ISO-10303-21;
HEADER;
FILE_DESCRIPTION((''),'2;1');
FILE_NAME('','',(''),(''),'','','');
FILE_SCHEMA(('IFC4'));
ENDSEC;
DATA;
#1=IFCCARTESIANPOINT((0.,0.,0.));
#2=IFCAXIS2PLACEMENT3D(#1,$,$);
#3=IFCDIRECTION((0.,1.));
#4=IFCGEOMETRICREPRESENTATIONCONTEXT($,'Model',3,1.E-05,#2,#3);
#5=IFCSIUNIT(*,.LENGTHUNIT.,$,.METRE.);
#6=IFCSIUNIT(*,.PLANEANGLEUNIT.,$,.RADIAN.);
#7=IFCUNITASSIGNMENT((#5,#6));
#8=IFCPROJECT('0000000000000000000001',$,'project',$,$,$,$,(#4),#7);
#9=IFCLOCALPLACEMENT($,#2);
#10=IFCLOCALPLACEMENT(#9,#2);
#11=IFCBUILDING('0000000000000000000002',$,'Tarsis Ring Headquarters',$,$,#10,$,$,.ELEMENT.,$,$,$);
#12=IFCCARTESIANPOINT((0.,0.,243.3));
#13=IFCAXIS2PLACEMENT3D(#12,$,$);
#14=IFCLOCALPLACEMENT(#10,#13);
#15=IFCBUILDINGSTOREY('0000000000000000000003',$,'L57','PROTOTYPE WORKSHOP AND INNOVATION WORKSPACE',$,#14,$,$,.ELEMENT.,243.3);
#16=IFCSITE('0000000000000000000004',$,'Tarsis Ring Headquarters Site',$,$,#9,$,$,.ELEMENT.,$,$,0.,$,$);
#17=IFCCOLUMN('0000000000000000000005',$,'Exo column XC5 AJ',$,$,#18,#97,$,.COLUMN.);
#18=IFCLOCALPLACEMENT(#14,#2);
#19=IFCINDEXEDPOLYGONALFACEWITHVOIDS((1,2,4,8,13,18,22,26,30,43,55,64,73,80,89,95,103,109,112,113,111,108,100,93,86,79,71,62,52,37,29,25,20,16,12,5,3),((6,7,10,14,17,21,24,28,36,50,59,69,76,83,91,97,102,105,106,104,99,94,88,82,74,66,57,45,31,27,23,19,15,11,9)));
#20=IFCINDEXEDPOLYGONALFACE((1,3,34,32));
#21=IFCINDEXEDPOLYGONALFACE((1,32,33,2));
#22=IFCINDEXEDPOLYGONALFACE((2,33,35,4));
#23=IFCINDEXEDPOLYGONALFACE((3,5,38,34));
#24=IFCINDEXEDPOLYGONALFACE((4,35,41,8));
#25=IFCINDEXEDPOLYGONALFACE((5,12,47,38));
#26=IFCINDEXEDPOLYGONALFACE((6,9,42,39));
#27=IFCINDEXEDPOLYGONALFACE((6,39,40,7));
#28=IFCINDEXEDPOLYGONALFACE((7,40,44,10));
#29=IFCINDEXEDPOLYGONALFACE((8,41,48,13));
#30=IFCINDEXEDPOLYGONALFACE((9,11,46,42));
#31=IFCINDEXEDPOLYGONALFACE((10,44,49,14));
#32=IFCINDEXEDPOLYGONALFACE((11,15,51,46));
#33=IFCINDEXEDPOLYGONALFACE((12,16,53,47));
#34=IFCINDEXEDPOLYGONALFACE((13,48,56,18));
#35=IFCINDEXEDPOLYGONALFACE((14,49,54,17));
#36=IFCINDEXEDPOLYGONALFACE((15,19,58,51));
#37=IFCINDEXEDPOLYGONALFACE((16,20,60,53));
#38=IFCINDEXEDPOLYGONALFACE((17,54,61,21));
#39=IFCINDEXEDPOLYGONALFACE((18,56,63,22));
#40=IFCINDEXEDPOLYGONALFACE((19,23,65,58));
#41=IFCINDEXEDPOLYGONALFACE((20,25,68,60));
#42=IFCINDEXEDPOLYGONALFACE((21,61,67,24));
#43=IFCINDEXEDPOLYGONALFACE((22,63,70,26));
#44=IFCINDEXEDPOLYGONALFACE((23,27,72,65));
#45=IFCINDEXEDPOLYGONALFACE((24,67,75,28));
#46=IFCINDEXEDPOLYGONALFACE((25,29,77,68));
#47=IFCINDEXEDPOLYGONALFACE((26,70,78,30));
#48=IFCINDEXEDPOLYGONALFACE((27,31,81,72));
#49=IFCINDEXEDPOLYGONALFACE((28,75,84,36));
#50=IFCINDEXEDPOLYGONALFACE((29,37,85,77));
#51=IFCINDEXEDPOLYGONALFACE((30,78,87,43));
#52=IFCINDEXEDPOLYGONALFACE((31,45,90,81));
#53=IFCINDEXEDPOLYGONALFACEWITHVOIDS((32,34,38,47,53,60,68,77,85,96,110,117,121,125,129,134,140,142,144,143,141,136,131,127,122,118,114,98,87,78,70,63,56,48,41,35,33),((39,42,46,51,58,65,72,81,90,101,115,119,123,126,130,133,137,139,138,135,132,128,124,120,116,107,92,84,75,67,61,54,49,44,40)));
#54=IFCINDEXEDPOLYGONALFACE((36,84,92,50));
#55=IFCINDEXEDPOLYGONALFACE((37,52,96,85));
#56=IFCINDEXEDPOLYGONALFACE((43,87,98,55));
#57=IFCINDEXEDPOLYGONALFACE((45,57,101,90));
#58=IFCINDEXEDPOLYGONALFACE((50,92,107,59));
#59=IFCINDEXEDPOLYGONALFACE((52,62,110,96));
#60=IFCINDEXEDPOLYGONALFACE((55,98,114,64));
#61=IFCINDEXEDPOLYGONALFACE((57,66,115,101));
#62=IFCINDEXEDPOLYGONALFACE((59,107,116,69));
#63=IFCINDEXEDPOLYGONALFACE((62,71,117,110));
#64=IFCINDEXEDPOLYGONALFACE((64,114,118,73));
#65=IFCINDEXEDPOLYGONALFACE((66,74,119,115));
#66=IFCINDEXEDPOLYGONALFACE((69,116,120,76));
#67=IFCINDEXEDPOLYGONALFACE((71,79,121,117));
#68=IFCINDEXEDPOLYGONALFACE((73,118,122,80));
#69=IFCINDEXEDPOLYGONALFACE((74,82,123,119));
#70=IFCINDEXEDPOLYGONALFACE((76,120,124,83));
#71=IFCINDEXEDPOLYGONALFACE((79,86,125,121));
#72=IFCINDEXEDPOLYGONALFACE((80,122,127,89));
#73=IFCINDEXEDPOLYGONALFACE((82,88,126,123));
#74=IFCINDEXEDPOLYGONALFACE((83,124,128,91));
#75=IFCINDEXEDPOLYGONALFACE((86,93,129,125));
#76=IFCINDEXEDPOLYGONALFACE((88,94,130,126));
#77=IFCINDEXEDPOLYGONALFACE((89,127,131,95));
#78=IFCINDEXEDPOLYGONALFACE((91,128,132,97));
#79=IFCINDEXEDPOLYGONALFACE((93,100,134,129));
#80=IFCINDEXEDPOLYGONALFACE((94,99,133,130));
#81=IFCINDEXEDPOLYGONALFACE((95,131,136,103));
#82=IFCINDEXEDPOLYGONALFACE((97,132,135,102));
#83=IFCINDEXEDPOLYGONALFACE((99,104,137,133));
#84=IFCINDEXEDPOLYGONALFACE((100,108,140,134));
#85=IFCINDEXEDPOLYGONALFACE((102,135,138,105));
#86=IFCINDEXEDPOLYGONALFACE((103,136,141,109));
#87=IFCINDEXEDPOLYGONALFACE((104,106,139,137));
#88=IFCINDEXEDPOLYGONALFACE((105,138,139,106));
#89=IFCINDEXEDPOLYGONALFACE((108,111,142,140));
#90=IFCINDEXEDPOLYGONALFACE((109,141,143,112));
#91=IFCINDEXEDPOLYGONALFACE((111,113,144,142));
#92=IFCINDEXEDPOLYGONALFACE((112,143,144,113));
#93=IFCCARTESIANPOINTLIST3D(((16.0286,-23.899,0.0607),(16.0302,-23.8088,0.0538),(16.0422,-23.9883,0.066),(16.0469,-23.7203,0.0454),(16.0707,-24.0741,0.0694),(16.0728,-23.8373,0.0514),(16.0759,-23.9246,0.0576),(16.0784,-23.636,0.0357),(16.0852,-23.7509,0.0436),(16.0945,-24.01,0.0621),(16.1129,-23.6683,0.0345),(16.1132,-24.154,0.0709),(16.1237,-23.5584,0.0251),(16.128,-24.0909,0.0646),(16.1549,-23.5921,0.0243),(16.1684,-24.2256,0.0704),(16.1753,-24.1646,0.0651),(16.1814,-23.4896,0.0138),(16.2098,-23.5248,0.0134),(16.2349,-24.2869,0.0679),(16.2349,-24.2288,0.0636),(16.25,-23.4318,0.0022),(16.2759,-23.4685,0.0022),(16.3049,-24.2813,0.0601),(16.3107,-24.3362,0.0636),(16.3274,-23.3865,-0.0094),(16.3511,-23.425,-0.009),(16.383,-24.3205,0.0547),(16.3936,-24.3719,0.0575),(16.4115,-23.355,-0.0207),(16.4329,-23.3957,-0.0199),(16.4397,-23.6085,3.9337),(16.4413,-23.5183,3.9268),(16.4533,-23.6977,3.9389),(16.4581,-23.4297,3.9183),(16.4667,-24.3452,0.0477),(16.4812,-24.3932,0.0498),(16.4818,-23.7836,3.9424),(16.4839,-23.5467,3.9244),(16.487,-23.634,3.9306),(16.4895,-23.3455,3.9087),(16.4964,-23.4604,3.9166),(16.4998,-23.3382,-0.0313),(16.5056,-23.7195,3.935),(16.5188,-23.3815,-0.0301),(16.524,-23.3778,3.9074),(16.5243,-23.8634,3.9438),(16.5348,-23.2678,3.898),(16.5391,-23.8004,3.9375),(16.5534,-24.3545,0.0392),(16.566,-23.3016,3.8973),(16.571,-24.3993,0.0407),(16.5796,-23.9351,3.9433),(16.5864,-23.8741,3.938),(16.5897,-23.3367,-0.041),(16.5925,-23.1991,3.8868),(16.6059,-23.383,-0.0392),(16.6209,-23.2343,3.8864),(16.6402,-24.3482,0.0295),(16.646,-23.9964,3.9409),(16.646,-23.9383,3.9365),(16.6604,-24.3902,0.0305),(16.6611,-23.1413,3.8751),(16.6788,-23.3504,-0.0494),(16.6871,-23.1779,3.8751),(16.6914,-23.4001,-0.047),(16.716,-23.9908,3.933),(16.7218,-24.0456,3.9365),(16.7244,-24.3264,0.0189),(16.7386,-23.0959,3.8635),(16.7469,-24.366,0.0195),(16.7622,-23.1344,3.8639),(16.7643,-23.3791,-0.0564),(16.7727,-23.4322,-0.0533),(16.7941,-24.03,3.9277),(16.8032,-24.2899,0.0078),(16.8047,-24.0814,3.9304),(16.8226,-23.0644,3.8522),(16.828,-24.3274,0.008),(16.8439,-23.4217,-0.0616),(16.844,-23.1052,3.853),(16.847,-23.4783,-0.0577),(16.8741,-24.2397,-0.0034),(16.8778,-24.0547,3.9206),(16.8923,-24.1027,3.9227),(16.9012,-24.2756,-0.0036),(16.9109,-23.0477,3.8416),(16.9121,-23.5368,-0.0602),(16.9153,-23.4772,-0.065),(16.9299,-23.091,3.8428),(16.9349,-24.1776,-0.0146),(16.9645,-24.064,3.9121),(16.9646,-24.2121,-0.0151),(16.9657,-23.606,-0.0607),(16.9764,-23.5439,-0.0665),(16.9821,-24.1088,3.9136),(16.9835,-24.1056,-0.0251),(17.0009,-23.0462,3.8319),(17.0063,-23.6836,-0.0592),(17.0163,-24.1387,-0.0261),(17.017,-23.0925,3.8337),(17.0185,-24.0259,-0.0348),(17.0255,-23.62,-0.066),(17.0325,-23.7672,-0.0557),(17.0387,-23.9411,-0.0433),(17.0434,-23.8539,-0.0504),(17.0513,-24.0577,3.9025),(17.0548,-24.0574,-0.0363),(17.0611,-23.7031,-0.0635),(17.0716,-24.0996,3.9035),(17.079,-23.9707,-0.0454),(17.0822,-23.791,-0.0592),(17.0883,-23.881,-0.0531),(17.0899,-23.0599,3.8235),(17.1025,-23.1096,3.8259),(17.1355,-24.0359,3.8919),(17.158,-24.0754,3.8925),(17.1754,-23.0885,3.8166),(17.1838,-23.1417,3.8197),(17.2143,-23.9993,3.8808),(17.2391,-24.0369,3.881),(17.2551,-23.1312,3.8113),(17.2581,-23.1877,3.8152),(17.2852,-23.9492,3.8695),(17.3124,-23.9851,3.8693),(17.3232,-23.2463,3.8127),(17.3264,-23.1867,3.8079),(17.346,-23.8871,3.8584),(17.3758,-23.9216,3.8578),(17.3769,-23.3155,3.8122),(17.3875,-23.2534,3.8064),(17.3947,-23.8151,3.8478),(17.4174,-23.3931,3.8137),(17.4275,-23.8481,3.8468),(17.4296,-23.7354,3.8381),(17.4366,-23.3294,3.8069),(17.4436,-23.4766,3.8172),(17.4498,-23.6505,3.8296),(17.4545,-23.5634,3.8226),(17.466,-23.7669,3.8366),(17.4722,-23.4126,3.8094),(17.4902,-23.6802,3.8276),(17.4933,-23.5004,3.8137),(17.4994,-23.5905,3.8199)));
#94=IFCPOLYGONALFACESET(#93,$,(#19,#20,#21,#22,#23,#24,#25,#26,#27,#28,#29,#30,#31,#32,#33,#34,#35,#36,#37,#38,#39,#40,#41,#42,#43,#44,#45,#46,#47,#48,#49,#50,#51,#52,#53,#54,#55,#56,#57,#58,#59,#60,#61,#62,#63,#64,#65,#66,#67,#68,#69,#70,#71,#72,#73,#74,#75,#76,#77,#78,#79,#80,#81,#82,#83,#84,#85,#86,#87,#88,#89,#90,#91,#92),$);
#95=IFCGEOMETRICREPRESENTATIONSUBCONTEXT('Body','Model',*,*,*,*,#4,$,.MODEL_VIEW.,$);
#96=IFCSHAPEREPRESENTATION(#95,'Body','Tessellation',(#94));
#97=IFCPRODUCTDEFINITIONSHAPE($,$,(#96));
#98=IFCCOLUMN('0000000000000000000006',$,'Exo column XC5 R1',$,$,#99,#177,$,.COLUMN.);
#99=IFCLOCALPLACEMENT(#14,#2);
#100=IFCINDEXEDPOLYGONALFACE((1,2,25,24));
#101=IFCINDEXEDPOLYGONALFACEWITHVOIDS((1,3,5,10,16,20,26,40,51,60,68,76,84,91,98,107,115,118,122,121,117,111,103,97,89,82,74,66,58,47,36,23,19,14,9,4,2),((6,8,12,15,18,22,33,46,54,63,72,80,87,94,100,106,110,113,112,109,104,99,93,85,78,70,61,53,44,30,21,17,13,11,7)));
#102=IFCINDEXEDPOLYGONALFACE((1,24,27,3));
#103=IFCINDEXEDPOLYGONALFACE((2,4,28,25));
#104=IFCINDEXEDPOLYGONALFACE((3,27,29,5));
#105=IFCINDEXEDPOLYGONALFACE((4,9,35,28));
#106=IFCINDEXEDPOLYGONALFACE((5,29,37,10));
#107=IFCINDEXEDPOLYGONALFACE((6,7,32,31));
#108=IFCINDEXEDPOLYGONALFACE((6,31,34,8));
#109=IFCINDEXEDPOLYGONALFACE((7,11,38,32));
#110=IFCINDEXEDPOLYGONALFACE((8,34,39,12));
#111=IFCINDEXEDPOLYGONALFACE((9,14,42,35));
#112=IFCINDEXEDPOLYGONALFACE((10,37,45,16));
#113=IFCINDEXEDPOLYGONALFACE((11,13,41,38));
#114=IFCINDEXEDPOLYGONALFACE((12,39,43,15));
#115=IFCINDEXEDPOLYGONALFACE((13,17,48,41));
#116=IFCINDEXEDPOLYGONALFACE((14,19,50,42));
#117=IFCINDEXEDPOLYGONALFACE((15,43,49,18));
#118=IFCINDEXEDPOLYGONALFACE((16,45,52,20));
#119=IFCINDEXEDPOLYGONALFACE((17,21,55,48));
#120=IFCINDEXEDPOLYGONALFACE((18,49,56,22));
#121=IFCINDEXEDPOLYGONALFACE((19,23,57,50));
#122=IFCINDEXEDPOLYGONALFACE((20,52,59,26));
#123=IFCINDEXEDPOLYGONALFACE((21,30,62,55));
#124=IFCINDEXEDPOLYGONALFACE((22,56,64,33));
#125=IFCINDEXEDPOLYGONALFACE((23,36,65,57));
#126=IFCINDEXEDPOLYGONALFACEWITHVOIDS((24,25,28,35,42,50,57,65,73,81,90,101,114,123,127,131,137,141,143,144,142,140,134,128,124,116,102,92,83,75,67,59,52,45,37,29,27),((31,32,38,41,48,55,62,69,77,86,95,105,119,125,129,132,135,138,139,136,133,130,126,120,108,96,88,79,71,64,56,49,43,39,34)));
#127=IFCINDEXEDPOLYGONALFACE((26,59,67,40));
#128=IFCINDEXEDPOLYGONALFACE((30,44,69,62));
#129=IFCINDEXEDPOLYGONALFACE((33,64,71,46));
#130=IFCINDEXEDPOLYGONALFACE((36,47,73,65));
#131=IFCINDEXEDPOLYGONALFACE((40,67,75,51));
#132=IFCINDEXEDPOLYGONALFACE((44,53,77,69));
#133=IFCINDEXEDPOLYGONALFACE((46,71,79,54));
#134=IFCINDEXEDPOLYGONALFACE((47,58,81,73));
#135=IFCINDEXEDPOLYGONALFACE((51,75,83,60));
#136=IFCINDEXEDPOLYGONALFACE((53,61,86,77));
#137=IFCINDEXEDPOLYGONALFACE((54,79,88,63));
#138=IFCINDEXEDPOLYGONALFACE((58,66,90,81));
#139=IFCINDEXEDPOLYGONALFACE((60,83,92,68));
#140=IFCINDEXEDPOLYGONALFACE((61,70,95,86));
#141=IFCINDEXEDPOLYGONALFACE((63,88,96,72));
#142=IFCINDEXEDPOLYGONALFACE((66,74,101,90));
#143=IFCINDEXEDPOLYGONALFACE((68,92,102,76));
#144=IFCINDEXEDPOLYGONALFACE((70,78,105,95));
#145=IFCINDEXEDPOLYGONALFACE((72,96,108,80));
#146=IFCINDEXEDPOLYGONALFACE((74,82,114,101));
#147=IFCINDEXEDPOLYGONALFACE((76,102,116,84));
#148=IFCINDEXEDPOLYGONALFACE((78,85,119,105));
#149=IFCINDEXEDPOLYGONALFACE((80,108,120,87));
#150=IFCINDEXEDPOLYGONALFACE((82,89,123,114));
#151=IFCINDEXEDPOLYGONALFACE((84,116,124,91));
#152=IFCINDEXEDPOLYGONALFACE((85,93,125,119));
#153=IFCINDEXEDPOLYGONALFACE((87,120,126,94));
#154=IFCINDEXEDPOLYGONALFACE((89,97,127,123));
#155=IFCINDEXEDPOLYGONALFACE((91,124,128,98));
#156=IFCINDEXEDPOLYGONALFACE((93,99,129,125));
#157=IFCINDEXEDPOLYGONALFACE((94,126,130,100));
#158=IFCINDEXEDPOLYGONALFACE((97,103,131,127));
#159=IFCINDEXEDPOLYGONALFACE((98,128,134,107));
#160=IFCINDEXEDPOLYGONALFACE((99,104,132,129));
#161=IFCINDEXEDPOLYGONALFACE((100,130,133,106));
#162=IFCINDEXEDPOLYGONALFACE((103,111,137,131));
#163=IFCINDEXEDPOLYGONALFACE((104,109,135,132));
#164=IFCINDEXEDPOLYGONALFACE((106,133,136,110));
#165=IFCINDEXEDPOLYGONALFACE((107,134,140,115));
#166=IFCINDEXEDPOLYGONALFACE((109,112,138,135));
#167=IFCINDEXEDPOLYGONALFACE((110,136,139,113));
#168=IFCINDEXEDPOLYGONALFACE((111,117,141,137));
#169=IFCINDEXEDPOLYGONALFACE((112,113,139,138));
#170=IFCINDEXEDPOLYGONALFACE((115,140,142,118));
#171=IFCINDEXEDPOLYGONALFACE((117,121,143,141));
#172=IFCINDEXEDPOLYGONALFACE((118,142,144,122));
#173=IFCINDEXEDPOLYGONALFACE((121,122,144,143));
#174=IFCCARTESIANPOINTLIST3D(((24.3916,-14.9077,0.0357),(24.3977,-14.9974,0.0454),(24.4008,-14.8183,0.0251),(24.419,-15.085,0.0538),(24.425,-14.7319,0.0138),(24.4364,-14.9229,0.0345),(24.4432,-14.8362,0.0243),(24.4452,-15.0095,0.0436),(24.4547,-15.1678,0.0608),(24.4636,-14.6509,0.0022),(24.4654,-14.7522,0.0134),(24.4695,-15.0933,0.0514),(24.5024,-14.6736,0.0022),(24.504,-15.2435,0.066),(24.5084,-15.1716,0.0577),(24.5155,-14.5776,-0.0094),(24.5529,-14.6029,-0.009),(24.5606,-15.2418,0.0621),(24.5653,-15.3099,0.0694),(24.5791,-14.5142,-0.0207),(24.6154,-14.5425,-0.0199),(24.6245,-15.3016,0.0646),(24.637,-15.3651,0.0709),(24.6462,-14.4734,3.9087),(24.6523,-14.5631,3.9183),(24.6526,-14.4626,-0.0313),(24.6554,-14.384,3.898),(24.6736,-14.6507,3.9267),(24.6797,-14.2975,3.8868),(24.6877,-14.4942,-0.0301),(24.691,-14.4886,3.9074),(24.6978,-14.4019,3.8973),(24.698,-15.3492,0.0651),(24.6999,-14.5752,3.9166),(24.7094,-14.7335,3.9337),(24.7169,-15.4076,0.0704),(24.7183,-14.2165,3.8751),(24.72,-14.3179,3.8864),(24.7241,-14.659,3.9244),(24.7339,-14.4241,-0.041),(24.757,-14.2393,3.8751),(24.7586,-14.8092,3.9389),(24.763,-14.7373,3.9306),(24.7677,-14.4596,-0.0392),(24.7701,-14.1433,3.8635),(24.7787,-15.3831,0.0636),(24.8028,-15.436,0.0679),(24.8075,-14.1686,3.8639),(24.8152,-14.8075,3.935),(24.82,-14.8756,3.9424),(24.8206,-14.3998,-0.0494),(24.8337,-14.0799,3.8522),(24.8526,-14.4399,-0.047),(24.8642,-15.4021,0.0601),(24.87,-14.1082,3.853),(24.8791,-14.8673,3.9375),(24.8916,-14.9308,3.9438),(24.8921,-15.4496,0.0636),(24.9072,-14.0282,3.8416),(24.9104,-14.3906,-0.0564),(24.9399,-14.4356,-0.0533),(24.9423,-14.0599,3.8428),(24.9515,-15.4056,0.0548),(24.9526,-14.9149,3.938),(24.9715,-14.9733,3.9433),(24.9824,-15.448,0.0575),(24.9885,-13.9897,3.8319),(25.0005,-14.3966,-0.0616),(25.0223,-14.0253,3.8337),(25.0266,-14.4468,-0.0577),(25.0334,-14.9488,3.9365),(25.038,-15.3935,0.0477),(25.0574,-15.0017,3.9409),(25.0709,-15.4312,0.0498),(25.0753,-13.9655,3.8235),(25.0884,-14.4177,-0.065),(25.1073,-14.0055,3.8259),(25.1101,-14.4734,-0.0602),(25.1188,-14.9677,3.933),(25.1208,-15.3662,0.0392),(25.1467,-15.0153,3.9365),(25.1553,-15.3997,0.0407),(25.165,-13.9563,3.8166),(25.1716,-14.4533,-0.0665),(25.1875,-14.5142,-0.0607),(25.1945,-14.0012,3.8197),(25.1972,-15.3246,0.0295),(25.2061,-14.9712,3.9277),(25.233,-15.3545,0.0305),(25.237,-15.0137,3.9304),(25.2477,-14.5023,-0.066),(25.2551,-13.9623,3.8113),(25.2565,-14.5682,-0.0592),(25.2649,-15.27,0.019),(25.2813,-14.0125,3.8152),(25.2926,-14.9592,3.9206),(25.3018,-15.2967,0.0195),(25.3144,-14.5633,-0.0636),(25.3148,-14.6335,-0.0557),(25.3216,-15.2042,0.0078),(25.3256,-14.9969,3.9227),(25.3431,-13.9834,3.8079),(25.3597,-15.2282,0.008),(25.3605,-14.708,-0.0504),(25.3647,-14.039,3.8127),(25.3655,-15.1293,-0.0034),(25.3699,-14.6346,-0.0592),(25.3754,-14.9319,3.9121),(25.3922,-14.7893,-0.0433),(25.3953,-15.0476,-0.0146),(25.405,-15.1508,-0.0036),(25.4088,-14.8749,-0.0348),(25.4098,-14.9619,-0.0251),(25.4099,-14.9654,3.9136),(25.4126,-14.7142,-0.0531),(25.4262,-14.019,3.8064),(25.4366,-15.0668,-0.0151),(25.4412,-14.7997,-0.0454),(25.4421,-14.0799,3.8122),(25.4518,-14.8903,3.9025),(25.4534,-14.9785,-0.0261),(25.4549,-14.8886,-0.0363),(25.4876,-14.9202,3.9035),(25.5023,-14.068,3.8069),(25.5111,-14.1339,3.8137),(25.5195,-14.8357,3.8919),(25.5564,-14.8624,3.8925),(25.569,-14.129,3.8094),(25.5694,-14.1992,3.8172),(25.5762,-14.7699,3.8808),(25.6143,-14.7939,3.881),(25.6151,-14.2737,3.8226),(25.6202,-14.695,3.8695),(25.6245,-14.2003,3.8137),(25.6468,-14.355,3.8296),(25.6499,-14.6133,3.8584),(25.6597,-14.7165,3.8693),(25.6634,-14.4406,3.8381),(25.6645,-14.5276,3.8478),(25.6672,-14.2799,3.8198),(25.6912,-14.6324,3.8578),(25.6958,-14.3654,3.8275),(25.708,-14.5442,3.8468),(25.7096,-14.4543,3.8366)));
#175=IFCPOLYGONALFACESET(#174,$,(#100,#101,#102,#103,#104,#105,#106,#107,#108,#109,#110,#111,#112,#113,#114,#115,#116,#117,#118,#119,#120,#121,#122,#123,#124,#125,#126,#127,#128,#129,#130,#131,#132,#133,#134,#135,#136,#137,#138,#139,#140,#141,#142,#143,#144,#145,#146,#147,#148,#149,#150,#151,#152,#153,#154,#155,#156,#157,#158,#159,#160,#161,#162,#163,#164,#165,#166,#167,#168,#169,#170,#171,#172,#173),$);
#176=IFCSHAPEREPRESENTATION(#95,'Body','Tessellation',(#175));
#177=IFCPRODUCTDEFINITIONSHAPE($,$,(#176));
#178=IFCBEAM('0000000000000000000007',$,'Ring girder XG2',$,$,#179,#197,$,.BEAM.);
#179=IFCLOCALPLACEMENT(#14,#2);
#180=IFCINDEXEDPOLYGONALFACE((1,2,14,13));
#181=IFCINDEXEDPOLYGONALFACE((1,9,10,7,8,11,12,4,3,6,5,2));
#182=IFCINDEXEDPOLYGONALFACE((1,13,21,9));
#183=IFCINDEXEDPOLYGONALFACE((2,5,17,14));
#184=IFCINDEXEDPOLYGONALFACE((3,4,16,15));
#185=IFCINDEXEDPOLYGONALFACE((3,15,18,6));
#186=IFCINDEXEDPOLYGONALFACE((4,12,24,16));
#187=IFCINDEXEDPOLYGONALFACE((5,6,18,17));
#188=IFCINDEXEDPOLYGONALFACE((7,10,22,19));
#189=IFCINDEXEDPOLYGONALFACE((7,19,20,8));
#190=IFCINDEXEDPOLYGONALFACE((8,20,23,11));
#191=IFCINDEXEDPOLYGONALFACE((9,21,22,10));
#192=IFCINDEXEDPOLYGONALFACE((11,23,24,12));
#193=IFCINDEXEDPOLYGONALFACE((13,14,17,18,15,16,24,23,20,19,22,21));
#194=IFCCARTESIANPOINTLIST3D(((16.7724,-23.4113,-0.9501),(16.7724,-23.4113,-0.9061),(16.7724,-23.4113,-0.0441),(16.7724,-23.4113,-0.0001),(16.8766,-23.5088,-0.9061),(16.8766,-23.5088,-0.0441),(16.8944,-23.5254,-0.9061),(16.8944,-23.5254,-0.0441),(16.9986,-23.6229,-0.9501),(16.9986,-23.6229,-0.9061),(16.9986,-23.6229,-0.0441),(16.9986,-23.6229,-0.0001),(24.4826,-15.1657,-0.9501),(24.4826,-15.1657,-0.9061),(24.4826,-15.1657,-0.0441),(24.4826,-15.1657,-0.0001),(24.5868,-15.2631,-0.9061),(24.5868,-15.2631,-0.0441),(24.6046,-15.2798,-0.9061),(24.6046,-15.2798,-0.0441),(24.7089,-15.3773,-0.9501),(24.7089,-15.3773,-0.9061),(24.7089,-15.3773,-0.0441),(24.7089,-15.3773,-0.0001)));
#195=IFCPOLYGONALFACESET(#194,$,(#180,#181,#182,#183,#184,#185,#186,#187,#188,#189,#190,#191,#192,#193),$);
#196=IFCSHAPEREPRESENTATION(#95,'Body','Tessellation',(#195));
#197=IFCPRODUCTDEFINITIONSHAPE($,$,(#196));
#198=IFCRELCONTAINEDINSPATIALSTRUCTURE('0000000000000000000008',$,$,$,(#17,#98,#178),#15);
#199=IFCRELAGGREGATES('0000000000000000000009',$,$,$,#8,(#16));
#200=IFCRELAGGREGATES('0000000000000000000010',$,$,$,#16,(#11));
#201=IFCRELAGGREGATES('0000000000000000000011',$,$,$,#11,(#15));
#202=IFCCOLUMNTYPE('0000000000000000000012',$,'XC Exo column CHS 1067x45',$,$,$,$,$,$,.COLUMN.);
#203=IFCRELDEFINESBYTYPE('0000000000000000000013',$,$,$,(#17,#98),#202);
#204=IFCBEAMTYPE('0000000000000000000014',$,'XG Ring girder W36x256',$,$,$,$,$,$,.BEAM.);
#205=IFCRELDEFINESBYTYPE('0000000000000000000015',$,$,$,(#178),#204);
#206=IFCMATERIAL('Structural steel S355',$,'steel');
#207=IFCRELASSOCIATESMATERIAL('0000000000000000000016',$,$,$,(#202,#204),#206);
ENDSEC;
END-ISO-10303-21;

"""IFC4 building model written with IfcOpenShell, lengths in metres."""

from ifc_helpers import new_model, si_unit, direction, frame, origin, origin_2d, place, context, subcontext, project, spatial, hollow_circle, i_section, extrude, material, material_profile, profile_set, type_object, element, save


model = new_model("IFC4")

# Units and contexts
model_context = context("Model", 3, precision=1e-05, world=origin(), true_north=direction((0.0, 1.0)))
body_context = subcontext(model_context, "Body", "Model", "MODEL_VIEW")
ifc_project = project(units=[si_unit("LENGTHUNIT", "METRE"), si_unit("PLANEANGLEUNIT", "RADIAN")], contexts=[model_context])

# Site, building, storey
site_placement = place(None, origin())
site = spatial("IfcSite", under=ifc_project, at=site_placement, Name="Tarsis Ring Headquarters Site", CompositionType="ELEMENT", RefElevation=0.0)
building_placement = place(site_placement, origin())
building = spatial("IfcBuilding", under=site, at=building_placement, Name="Tarsis Ring Headquarters", CompositionType="ELEMENT")
storey_placement = place(building_placement, frame((0.0, 0.0, 243.3)))
storey = spatial("IfcBuildingStorey", under=building, at=storey_placement, Name="L57", Description="PROTOTYPE WORKSHOP AND INNOVATION WORKSPACE", CompositionType="ELEMENT", Elevation=243.3)

# Columns
ifc_material_1 = material(Name="Structural steel S355", Category="steel")
ifc_material_profile_1 = material_profile(ifc_material_1, hollow_circle(Radius=0.5334, WallThickness=0.0449, at=origin_2d()), Name="CHS 1067x45")
ifc_profile_set_1 = profile_set([ifc_material_profile_1], Name="Structural steel S355")
column_type = type_object("IfcColumnType", Name="XC Exo column CHS 1067x45", PredefinedType="COLUMN", material=ifc_profile_set_1)
for number, where, z_axis, x_axis, name in (
    (1, (16.5579, -23.8674, 0.0022), (0.105267, 0.074387, 0.991658), (-0.577102, 0.816672, 0.0), "Exo column XC5 AJ"),
    (2, (24.9238, -14.9207, 0.0022), (0.065198, 0.111205, 0.991657), (-0.862669, 0.505769, 0.0), "Exo column XC5 R1"),
):
    element("IfcColumn", number, at=place(storey_placement, frame(where, z_axis=z_axis, x_axis=x_axis)), inside=storey, type_object=column_type, Name=name, PredefinedType="COLUMN", context=body_context, shape_type="SweptSolid", body=[
        extrude(hollow_circle(Radius=0.5334, WallThickness=0.0449, at=origin_2d()), origin(), (0.0, 0.0, 1.0), 3.9055),
    ])

# Beam
ifc_material_profile_2 = material_profile(ifc_material_1, i_section(OverallWidth=0.3098, OverallDepth=0.95, WebThickness=0.0244, FlangeThickness=0.0439, at=origin_2d()), Name="W36x256")
ifc_profile_set_2 = profile_set([ifc_material_profile_2], Name="Structural steel S355")
beam_type = type_object("IfcBeamType", Name="XG Ring girder W36x256", PredefinedType="BEAM", material=ifc_profile_set_2)
for number, where, z_axis, x_axis, name in (
    (3, (16.8855, -23.5171, -0.4751), (0.682995, 0.730423, 0.0), (-0.730423, 0.682995, 0.0), "Ring girder XG2"),
):
    element("IfcBeam", number, at=place(storey_placement, frame(where, z_axis=z_axis, x_axis=x_axis)), inside=storey, type_object=beam_type, Name=name, PredefinedType="BEAM", context=body_context, shape_type="SweptSolid", body=[
        extrude(i_section(OverallWidth=0.3098, OverallDepth=0.95, WebThickness=0.0244, FlangeThickness=0.0439, at=origin_2d()), origin(), (0.0, 0.0, 1.0), 11.2888),
    ])

save(model, "model.ifc")
